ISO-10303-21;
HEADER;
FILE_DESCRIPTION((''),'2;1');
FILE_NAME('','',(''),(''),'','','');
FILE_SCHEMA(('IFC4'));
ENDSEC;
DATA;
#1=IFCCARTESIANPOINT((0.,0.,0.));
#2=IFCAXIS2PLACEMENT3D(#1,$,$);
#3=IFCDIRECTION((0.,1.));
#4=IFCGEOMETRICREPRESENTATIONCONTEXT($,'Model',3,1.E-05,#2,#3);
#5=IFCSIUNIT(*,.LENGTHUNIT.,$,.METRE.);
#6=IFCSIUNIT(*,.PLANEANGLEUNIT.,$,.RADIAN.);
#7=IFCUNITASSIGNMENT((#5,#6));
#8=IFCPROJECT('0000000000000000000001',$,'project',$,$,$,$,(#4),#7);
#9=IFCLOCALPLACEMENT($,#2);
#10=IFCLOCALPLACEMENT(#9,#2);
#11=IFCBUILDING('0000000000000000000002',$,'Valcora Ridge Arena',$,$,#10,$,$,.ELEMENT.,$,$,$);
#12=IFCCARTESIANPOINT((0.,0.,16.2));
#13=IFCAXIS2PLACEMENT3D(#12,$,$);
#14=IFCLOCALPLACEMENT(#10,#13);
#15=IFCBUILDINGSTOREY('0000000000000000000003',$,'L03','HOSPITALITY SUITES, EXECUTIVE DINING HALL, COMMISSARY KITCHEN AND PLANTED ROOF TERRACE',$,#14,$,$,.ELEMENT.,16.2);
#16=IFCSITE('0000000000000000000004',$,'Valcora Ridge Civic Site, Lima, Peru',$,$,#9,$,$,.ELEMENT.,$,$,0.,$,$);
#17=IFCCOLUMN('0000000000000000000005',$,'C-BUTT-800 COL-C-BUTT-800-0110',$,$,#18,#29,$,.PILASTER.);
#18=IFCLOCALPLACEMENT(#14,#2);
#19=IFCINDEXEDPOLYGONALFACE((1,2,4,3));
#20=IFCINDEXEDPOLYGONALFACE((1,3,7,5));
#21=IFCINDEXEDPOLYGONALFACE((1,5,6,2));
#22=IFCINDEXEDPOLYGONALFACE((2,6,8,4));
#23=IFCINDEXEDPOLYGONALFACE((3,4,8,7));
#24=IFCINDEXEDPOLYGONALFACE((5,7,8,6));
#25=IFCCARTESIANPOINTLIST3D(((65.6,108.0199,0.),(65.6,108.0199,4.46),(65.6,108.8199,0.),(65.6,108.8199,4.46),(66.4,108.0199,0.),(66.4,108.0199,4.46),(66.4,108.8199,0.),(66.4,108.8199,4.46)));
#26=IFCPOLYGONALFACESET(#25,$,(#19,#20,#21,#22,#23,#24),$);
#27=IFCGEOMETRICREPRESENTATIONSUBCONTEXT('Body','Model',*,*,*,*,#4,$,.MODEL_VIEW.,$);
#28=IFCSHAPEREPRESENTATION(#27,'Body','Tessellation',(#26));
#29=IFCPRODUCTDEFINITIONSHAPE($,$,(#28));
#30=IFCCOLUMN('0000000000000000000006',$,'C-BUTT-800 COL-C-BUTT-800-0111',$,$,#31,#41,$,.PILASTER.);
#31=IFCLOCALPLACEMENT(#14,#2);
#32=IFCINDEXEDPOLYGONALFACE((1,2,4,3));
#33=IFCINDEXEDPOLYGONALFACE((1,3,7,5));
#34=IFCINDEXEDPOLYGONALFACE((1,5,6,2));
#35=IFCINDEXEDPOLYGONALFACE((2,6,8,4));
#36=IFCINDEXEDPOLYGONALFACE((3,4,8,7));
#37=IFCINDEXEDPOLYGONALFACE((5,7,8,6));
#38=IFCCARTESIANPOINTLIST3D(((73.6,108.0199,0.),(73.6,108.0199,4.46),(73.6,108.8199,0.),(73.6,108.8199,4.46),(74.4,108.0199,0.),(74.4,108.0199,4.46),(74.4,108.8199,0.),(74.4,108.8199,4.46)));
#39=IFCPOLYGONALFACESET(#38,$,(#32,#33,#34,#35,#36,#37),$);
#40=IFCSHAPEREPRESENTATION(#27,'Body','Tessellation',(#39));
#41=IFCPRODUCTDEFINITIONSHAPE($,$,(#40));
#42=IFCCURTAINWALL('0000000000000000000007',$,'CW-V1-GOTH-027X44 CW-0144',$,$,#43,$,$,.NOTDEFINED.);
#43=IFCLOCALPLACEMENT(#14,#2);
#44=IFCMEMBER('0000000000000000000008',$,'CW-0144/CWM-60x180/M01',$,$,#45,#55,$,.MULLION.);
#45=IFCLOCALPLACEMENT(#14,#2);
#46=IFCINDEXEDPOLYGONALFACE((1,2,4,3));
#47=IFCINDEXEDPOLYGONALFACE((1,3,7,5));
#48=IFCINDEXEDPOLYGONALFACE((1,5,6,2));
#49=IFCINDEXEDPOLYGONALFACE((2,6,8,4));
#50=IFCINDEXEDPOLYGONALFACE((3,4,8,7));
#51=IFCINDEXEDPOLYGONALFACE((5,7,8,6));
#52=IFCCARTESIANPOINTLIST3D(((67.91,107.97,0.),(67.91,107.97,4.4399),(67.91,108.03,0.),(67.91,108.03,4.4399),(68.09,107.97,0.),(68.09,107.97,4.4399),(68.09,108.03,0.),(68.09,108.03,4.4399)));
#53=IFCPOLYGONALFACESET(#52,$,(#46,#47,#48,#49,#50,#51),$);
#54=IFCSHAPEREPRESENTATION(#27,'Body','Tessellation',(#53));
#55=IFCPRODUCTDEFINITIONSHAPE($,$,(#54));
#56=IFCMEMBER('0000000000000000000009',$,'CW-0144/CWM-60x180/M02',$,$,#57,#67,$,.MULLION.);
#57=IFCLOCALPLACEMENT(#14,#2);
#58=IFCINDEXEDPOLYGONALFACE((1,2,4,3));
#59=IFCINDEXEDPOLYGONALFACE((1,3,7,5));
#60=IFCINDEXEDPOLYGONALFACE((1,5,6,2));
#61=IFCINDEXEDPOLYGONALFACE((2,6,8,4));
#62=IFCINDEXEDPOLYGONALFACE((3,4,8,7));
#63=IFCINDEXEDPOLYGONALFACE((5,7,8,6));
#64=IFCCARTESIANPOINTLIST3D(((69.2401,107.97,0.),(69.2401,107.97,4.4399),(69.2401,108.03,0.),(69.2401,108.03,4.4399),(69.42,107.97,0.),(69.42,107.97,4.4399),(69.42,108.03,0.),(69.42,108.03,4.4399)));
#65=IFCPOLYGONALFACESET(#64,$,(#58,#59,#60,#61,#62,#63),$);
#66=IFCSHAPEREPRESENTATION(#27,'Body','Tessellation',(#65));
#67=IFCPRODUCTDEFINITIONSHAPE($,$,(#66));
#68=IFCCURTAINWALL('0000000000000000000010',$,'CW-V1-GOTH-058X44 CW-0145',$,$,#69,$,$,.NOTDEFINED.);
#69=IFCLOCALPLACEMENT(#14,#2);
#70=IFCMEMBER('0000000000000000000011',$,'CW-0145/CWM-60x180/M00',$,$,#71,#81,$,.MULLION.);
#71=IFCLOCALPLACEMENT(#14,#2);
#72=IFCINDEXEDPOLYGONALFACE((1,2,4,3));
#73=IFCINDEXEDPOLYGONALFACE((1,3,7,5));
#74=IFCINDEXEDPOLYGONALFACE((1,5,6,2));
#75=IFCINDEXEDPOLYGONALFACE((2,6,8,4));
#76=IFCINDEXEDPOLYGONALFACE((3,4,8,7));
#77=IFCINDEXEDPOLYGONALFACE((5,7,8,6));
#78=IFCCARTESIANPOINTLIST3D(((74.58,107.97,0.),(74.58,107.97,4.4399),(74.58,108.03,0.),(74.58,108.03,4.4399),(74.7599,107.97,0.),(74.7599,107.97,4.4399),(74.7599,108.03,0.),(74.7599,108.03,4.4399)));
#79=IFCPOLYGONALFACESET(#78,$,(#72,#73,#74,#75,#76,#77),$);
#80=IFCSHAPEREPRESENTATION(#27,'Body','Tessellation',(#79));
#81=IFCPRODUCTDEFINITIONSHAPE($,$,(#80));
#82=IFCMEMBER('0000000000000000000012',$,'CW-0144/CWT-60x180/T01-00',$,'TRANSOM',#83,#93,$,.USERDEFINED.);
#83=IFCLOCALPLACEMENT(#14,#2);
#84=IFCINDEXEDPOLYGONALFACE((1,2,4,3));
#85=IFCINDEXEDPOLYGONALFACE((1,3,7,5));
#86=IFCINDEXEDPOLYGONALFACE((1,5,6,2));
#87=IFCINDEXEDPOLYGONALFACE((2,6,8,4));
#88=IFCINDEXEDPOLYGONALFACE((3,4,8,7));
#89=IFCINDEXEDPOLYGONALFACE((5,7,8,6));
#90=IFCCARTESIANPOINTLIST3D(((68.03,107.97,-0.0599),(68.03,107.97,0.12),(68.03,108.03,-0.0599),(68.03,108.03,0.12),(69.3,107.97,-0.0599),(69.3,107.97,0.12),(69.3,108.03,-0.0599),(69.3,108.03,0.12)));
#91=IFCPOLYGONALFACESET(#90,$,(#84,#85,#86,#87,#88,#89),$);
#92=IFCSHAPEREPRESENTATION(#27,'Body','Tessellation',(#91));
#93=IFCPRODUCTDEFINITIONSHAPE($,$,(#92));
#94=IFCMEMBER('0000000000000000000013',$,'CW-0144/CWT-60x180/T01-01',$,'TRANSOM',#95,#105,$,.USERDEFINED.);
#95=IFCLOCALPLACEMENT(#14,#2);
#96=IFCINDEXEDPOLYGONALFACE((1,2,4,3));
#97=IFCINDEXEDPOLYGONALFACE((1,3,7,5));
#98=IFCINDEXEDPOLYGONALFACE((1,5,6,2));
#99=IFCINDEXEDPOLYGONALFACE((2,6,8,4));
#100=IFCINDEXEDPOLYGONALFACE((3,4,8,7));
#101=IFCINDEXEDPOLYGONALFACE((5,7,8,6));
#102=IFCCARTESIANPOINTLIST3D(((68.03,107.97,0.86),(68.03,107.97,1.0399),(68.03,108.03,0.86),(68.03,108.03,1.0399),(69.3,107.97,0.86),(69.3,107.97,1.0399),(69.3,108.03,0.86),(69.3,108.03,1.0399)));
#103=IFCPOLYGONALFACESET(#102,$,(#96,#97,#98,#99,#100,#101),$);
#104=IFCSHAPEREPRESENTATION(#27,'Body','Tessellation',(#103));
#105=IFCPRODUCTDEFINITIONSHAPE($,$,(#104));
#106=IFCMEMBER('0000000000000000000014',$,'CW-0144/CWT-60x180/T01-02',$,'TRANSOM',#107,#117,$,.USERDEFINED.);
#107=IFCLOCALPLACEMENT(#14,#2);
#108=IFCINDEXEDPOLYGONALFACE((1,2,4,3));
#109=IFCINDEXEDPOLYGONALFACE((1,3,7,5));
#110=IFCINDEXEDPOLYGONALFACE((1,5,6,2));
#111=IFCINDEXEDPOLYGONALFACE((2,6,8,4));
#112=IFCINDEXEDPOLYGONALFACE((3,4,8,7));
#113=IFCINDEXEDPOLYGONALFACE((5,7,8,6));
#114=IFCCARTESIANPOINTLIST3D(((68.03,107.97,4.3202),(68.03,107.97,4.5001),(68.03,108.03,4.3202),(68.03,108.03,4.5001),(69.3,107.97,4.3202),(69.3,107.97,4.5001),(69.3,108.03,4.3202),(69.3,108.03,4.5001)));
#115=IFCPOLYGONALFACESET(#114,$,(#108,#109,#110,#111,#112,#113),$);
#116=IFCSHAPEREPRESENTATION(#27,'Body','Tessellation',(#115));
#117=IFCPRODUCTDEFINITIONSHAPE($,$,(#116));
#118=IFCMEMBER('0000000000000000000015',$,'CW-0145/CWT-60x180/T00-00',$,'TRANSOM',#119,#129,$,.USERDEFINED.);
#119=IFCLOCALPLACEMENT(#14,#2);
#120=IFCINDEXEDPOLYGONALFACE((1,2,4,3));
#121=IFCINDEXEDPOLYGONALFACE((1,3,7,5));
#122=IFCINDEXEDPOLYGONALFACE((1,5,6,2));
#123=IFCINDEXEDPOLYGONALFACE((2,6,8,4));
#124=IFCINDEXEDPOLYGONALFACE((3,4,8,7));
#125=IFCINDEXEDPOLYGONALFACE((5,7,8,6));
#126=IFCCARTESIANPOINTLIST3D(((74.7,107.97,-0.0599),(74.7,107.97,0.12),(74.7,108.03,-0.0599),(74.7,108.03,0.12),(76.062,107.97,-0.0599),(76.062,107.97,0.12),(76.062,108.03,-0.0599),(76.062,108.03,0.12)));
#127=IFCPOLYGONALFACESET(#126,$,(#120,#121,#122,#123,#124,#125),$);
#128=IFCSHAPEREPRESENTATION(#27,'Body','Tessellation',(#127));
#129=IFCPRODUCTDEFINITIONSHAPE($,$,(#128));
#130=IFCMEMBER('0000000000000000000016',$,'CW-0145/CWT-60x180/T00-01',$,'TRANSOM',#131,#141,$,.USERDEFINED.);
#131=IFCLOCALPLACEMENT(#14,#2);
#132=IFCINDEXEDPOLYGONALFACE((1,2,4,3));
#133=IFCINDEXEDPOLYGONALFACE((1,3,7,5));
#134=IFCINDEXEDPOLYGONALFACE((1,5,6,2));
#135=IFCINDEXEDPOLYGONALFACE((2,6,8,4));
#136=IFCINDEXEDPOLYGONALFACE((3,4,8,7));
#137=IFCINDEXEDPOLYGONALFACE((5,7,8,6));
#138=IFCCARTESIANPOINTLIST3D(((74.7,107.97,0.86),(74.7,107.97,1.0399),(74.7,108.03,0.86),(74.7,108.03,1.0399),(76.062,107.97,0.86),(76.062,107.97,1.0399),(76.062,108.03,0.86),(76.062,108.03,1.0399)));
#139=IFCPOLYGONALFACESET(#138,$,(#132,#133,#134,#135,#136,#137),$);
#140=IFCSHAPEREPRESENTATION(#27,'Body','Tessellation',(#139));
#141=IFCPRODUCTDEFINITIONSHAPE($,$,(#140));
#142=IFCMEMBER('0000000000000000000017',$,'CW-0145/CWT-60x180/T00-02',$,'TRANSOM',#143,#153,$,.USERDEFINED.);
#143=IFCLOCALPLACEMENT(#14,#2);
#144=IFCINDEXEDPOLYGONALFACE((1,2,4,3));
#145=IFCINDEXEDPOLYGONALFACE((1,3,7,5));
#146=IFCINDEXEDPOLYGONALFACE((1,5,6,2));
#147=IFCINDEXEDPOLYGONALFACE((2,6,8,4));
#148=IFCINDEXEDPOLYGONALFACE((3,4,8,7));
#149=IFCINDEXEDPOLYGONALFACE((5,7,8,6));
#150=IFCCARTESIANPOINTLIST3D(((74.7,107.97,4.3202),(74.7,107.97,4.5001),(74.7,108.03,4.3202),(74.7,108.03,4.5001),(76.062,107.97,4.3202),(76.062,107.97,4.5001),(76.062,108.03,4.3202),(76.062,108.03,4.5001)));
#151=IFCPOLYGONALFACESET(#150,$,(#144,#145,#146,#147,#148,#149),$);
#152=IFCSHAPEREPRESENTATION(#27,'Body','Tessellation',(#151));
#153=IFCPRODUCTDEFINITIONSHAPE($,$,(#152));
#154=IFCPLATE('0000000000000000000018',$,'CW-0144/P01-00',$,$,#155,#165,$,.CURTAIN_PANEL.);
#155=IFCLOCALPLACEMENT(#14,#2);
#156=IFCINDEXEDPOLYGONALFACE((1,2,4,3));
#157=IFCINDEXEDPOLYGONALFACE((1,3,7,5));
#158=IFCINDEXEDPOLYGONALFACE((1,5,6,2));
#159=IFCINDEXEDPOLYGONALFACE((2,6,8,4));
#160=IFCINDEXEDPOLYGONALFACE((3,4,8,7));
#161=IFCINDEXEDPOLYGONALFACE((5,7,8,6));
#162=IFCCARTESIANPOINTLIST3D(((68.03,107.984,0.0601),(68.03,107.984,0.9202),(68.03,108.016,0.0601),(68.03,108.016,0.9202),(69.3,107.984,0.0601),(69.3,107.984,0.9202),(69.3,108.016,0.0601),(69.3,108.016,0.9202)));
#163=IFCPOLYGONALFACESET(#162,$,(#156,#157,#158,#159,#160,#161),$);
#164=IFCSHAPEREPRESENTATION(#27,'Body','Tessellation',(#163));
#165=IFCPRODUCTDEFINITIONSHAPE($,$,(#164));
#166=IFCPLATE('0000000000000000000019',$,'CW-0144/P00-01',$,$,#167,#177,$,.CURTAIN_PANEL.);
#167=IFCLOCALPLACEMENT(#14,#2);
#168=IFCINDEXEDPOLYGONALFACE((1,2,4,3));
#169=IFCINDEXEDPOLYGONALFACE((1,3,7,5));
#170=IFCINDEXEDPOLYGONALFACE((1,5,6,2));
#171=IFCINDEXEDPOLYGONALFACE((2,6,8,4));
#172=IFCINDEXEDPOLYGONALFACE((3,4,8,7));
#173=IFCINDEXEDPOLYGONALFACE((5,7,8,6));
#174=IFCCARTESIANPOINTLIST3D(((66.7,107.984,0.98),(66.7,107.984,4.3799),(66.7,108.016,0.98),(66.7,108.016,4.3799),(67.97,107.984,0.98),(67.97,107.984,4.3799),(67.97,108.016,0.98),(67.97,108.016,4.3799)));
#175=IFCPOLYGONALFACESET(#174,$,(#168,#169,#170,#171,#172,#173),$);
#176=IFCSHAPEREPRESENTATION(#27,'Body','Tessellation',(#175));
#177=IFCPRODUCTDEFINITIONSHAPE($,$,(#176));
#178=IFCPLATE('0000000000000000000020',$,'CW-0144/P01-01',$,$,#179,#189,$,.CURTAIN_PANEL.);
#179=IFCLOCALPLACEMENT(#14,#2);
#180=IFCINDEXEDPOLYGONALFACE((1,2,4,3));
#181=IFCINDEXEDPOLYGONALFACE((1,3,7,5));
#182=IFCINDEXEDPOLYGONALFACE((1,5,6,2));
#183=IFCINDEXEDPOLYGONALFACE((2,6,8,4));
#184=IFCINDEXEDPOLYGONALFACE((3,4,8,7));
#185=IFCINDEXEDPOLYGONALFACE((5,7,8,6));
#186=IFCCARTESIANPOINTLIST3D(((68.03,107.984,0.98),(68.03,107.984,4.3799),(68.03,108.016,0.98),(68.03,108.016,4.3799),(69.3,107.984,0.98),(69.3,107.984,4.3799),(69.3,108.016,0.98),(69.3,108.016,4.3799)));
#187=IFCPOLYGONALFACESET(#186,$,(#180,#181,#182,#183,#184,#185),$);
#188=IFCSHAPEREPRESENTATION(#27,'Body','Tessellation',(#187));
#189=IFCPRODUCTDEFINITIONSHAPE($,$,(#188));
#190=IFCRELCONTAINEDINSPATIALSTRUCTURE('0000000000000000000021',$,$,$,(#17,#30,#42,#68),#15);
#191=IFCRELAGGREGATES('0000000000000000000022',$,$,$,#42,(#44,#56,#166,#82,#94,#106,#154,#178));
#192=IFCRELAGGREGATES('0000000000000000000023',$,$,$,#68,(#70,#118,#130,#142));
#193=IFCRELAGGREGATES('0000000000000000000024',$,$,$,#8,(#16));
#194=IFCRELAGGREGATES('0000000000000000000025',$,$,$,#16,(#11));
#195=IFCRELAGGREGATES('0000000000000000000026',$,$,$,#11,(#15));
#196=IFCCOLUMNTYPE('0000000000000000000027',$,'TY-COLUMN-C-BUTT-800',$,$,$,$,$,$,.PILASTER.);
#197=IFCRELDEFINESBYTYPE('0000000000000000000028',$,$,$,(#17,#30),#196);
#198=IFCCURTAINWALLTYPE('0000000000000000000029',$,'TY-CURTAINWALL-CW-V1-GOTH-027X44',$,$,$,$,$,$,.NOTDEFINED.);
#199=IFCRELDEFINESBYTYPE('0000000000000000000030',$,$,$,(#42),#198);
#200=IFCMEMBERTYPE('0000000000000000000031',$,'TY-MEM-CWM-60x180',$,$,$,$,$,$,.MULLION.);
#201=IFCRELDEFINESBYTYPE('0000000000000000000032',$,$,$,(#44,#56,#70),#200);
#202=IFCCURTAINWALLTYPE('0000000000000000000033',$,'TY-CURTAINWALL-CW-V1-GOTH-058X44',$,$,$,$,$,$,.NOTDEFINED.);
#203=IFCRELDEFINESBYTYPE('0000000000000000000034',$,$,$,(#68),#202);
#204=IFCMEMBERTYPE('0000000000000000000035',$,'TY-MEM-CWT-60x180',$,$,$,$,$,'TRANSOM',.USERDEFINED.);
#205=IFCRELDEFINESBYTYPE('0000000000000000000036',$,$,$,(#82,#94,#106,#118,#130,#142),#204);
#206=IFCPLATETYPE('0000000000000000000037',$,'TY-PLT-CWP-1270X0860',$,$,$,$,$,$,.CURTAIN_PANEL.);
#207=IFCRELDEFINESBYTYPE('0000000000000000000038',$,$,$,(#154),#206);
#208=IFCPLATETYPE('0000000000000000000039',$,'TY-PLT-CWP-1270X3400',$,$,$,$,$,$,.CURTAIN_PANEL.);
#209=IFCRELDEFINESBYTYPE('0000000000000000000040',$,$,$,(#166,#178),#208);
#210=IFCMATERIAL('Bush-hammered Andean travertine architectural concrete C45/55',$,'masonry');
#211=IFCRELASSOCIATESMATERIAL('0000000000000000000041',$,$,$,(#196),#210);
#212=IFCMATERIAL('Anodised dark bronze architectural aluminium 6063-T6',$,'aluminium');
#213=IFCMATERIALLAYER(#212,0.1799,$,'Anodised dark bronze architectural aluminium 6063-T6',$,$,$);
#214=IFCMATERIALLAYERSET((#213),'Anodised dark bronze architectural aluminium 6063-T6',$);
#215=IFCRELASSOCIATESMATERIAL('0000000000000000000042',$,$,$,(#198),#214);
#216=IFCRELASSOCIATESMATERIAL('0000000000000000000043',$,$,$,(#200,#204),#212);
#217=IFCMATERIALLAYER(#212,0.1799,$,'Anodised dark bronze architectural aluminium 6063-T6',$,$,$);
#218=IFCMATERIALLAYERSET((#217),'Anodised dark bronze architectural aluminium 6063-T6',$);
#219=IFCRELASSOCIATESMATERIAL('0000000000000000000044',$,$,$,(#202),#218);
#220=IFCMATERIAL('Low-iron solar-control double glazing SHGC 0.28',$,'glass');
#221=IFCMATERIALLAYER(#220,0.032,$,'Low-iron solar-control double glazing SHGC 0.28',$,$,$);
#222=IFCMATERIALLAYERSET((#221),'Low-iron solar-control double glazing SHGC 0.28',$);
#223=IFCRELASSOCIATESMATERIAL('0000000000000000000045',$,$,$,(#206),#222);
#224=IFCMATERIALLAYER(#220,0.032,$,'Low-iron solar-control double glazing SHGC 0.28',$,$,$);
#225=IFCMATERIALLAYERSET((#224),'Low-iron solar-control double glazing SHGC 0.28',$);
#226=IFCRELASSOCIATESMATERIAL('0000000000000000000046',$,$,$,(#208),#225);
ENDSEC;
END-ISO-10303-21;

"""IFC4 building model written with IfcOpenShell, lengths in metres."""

from ifc_helpers import new_model, si_unit, direction, frame, origin, origin_2d, place, context, subcontext, project, spatial, rectangle, extrude, material, layer, layer_set, material_profile, profile_set, type_object, element, aggregate, save


model = new_model("IFC4")

# Units and contexts
model_context = context("Model", 3, precision=1e-05, world=origin(), true_north=direction((0.0, 1.0)))
body_context = subcontext(model_context, "Body", "Model", "MODEL_VIEW")
ifc_project = project(units=[si_unit("LENGTHUNIT", "METRE"), si_unit("PLANEANGLEUNIT", "RADIAN")], contexts=[model_context])

# Site, building, storey
site_placement = place(None, origin())
site = spatial("IfcSite", under=ifc_project, at=site_placement, Name="Valcora Ridge Civic Site, Lima, Peru", CompositionType="ELEMENT", RefElevation=0.0)
building_placement = place(site_placement, origin())
building = spatial("IfcBuilding", under=site, at=building_placement, Name="Valcora Ridge Arena", CompositionType="ELEMENT")
storey_placement = place(building_placement, frame((0.0, 0.0, 16.2)))
storey = spatial("IfcBuildingStorey", under=building, at=storey_placement, Name="L03", Description="HOSPITALITY SUITES, EXECUTIVE DINING HALL, COMMISSARY KITCHEN AND PLANTED ROOF TERRACE", CompositionType="ELEMENT", Elevation=16.2)

# Columns
ifc_material_1 = material(Name="Bush-hammered Andean travertine architectural concrete C45/55", Category="masonry")
ifc_material_profile_1 = material_profile(ifc_material_1, rectangle(XDim=0.8, YDim=0.8, at=origin_2d()), Name="RC 800x800")
ifc_profile_set_1 = profile_set([ifc_material_profile_1], Name="Bush-hammered Andean travertine architectural concrete C45/55")
column_type = type_object("IfcColumnType", Name="TY-COLUMN-C-BUTT-800", PredefinedType="PILASTER", material=ifc_profile_set_1)
for number, where, z_axis, x_axis, name in (
    (1, (66.0, 108.4199, 0.0), (0.0, 0.0, 1.0), (1.0, 0.0, 0.0), "C-BUTT-800 COL-C-BUTT-800-0110"),
    (2, (74.0, 108.4199, 0.0), (0.0, 0.0, 1.0), (1.0, 0.0, 0.0), "C-BUTT-800 COL-C-BUTT-800-0111"),
):
    element("IfcColumn", number, at=place(storey_placement, frame(where, z_axis=z_axis, x_axis=x_axis)), inside=storey, type_object=column_type, Name=name, PredefinedType="PILASTER", context=body_context, shape_type="SweptSolid", body=[
        extrude(rectangle(XDim=0.8, YDim=0.8, at=origin_2d()), origin(), (0.0, 0.0, 1.0), 4.46),
    ])

# Curtain wall, members
ifc_material_2 = material(Name="Anodised dark bronze architectural aluminium 6063-T6", Category="aluminium")
ifc_layer_1 = layer(ifc_material_2, 0.1799, Name="Anodised dark bronze architectural aluminium 6063-T6")
ifc_layer_set_1 = layer_set([ifc_layer_1], Name="Anodised dark bronze architectural aluminium 6063-T6")
curtain_wall_type_1 = type_object("IfcCurtainWallType", Name="TY-CURTAINWALL-CW-V1-GOTH-027X44", PredefinedType="NOTDEFINED", material=ifc_layer_set_1)
curtain_wall_1_placement = place(storey_placement, origin())
curtain_wall_1 = element("IfcCurtainWall", 3, at=curtain_wall_1_placement, inside=storey, type_object=curtain_wall_type_1, Name="CW-V1-GOTH-027X44 CW-0144", PredefinedType="NOTDEFINED")
ifc_material_profile_2 = material_profile(ifc_material_2, rectangle(XDim=0.0601, YDim=0.1799, at=origin_2d()), Name="ALU MULLION 60x180")
ifc_profile_set_2 = profile_set([ifc_material_profile_2], Name="Anodised dark bronze architectural aluminium 6063-T6")
member_type_1 = type_object("IfcMemberType", Name="TY-MEM-CWM-60x180", PredefinedType="MULLION", material=ifc_profile_set_2)
member_1_placement = place(storey_placement, frame((68.0, 108.0, 0.0), z_axis=(0.0, 0.0, 1.0), x_axis=(0.0, 1.0, 0.0)))
member_1 = element("IfcMember", 4, at=member_1_placement, type_object=member_type_1, Name="CW-0144/CWM-60x180/M01", PredefinedType="MULLION", context=body_context, shape_type="SweptSolid", body=[
    extrude(rectangle(XDim=0.0601, YDim=0.1799, at=origin_2d()), origin(), (0.0, 0.0, 1.0), 4.4399),
])
member_2_placement = place(storey_placement, frame((69.3301, 108.0, 0.0), z_axis=(0.0, 0.0, 1.0), x_axis=(0.0, 1.0, 0.0)))
member_2 = element("IfcMember", 5, at=member_2_placement, type_object=member_type_1, Name="CW-0144/CWM-60x180/M02", PredefinedType="MULLION", context=body_context, shape_type="SweptSolid", body=[
    extrude(rectangle(XDim=0.0601, YDim=0.1799, at=origin_2d()), origin(), (0.0, 0.0, 1.0), 4.4399),
])

# Curtain wall, member
ifc_layer_2 = layer(ifc_material_2, 0.1799, Name="Anodised dark bronze architectural aluminium 6063-T6")
ifc_layer_set_2 = layer_set([ifc_layer_2], Name="Anodised dark bronze architectural aluminium 6063-T6")
curtain_wall_type_2 = type_object("IfcCurtainWallType", Name="TY-CURTAINWALL-CW-V1-GOTH-058X44", PredefinedType="NOTDEFINED", material=ifc_layer_set_2)
curtain_wall_2_placement = place(storey_placement, origin())
curtain_wall_2 = element("IfcCurtainWall", 6, at=curtain_wall_2_placement, inside=storey, type_object=curtain_wall_type_2, Name="CW-V1-GOTH-058X44 CW-0145", PredefinedType="NOTDEFINED")
member_3_placement = place(storey_placement, frame((74.6699, 108.0, 0.0), z_axis=(0.0, 0.0, 1.0), x_axis=(0.0, 1.0, 0.0)))
member_3 = element("IfcMember", 7, at=member_3_placement, type_object=member_type_1, Name="CW-0145/CWM-60x180/M00", PredefinedType="MULLION", context=body_context, shape_type="SweptSolid", body=[
    extrude(rectangle(XDim=0.0601, YDim=0.1799, at=origin_2d()), origin(), (0.0, 0.0, 1.0), 4.4399),
])

# Members
ifc_material_profile_3 = material_profile(ifc_material_2, rectangle(XDim=0.0601, YDim=0.1799, at=origin_2d()), Name="ALU TRANSOM 60x180")
ifc_profile_set_3 = profile_set([ifc_material_profile_3], Name="Anodised dark bronze architectural aluminium 6063-T6")
member_type_2 = type_object("IfcMemberType", Name="TY-MEM-CWT-60x180", ElementType="TRANSOM", PredefinedType="USERDEFINED", material=ifc_profile_set_3)
member_4_placement = place(storey_placement, frame((68.03, 108.0, 0.03), z_axis=(1.0, 0.0, 0.0), x_axis=(0.0, 1.0, 0.0)))
member_4 = element("IfcMember", 8, at=member_4_placement, type_object=member_type_2, Name="CW-0144/CWT-60x180/T01-00", ObjectType="TRANSOM", PredefinedType="USERDEFINED", context=body_context, shape_type="SweptSolid", body=[
    extrude(rectangle(XDim=0.0601, YDim=0.1799, at=origin_2d()), origin(), (0.0, 0.0, 1.0), 1.27),
])
member_5_placement = place(storey_placement, frame((68.03, 108.0, 0.95), z_axis=(1.0, 0.0, 0.0), x_axis=(0.0, 1.0, 0.0)))
member_5 = element("IfcMember", 9, at=member_5_placement, type_object=member_type_2, Name="CW-0144/CWT-60x180/T01-01", ObjectType="TRANSOM", PredefinedType="USERDEFINED", context=body_context, shape_type="SweptSolid", body=[
    extrude(rectangle(XDim=0.0601, YDim=0.1799, at=origin_2d()), origin(), (0.0, 0.0, 1.0), 1.27),
])
member_6_placement = place(storey_placement, frame((68.03, 108.0, 4.4102), z_axis=(1.0, 0.0, 0.0), x_axis=(0.0, 1.0, 0.0)))
member_6 = element("IfcMember", 10, at=member_6_placement, type_object=member_type_2, Name="CW-0144/CWT-60x180/T01-02", ObjectType="TRANSOM", PredefinedType="USERDEFINED", context=body_context, shape_type="SweptSolid", body=[
    extrude(rectangle(XDim=0.0601, YDim=0.1799, at=origin_2d()), origin(), (0.0, 0.0, 1.0), 1.27),
])
member_7_placement = place(storey_placement, frame((74.7, 108.0, 0.03), z_axis=(1.0, 0.0, 0.0), x_axis=(0.0, 1.0, 0.0)))
member_7 = element("IfcMember", 11, at=member_7_placement, type_object=member_type_2, Name="CW-0145/CWT-60x180/T00-00", ObjectType="TRANSOM", PredefinedType="USERDEFINED", context=body_context, shape_type="SweptSolid", body=[
    extrude(rectangle(XDim=0.0601, YDim=0.1799, at=origin_2d()), origin(), (0.0, 0.0, 1.0), 1.3621),
])
member_8_placement = place(storey_placement, frame((74.7, 108.0, 0.95), z_axis=(1.0, 0.0, 0.0), x_axis=(0.0, 1.0, 0.0)))
member_8 = element("IfcMember", 12, at=member_8_placement, type_object=member_type_2, Name="CW-0145/CWT-60x180/T00-01", ObjectType="TRANSOM", PredefinedType="USERDEFINED", context=body_context, shape_type="SweptSolid", body=[
    extrude(rectangle(XDim=0.0601, YDim=0.1799, at=origin_2d()), origin(), (0.0, 0.0, 1.0), 1.3621),
])
member_9_placement = place(storey_placement, frame((74.7, 108.0, 4.4102), z_axis=(1.0, 0.0, 0.0), x_axis=(0.0, 1.0, 0.0)))
member_9 = element("IfcMember", 13, at=member_9_placement, type_object=member_type_2, Name="CW-0145/CWT-60x180/T00-02", ObjectType="TRANSOM", PredefinedType="USERDEFINED", context=body_context, shape_type="SweptSolid", body=[
    extrude(rectangle(XDim=0.0601, YDim=0.1799, at=origin_2d()), origin(), (0.0, 0.0, 1.0), 1.3621),
])

# Plates
ifc_material_3 = material(Name="Low-iron solar-control double glazing SHGC 0.28", Category="glass")
ifc_layer_3 = layer(ifc_material_3, 0.032, Name="Low-iron solar-control double glazing SHGC 0.28")
ifc_layer_set_3 = layer_set([ifc_layer_3], Name="Low-iron solar-control double glazing SHGC 0.28")
plate_type_1 = type_object("IfcPlateType", Name="TY-PLT-CWP-1270X0860", PredefinedType="CURTAIN_PANEL", material=ifc_layer_set_3)
plate_1_placement = place(storey_placement, frame((68.665, 108.0, 0.0601), z_axis=(0.0, 0.0, 1.0), x_axis=(1.0, 0.0, 0.0)))
plate_1 = element("IfcPlate", 14, at=plate_1_placement, type_object=plate_type_1, Name="CW-0144/P01-00", PredefinedType="CURTAIN_PANEL", context=body_context, shape_type="SweptSolid", body=[
    extrude(rectangle(XDim=1.27, YDim=0.032, at=origin_2d()), origin(), (0.0, 0.0, 1.0), 0.8601),
])
ifc_layer_4 = layer(ifc_material_3, 0.032, Name="Low-iron solar-control double glazing SHGC 0.28")
ifc_layer_set_4 = layer_set([ifc_layer_4], Name="Low-iron solar-control double glazing SHGC 0.28")
plate_type_2 = type_object("IfcPlateType", Name="TY-PLT-CWP-1270X3400", PredefinedType="CURTAIN_PANEL", material=ifc_layer_set_4)
plate_2_placement = place(storey_placement, frame((67.335, 108.0, 0.98), z_axis=(0.0, 0.0, 1.0), x_axis=(1.0, 0.0, 0.0)))
plate_2 = element("IfcPlate", 15, at=plate_2_placement, type_object=plate_type_2, Name="CW-0144/P00-01", PredefinedType="CURTAIN_PANEL", context=body_context, shape_type="SweptSolid", body=[
    extrude(rectangle(XDim=1.27, YDim=0.032, at=origin_2d()), origin(), (0.0, 0.0, 1.0), 3.3999),
])
plate_3_placement = place(storey_placement, frame((68.665, 108.0, 0.98), z_axis=(0.0, 0.0, 1.0), x_axis=(1.0, 0.0, 0.0)))
plate_3 = element("IfcPlate", 16, at=plate_3_placement, type_object=plate_type_2, Name="CW-0144/P01-01", PredefinedType="CURTAIN_PANEL", context=body_context, shape_type="SweptSolid", body=[
    extrude(rectangle(XDim=1.27, YDim=0.032, at=origin_2d()), origin(), (0.0, 0.0, 1.0), 3.3999),
])
aggregate(curtain_wall_1, [member_1, member_2, plate_2, member_4, member_5, member_6, plate_1, plate_3])
aggregate(curtain_wall_2, [member_3, member_7, member_8, member_9])

save(model, "model.ifc")
